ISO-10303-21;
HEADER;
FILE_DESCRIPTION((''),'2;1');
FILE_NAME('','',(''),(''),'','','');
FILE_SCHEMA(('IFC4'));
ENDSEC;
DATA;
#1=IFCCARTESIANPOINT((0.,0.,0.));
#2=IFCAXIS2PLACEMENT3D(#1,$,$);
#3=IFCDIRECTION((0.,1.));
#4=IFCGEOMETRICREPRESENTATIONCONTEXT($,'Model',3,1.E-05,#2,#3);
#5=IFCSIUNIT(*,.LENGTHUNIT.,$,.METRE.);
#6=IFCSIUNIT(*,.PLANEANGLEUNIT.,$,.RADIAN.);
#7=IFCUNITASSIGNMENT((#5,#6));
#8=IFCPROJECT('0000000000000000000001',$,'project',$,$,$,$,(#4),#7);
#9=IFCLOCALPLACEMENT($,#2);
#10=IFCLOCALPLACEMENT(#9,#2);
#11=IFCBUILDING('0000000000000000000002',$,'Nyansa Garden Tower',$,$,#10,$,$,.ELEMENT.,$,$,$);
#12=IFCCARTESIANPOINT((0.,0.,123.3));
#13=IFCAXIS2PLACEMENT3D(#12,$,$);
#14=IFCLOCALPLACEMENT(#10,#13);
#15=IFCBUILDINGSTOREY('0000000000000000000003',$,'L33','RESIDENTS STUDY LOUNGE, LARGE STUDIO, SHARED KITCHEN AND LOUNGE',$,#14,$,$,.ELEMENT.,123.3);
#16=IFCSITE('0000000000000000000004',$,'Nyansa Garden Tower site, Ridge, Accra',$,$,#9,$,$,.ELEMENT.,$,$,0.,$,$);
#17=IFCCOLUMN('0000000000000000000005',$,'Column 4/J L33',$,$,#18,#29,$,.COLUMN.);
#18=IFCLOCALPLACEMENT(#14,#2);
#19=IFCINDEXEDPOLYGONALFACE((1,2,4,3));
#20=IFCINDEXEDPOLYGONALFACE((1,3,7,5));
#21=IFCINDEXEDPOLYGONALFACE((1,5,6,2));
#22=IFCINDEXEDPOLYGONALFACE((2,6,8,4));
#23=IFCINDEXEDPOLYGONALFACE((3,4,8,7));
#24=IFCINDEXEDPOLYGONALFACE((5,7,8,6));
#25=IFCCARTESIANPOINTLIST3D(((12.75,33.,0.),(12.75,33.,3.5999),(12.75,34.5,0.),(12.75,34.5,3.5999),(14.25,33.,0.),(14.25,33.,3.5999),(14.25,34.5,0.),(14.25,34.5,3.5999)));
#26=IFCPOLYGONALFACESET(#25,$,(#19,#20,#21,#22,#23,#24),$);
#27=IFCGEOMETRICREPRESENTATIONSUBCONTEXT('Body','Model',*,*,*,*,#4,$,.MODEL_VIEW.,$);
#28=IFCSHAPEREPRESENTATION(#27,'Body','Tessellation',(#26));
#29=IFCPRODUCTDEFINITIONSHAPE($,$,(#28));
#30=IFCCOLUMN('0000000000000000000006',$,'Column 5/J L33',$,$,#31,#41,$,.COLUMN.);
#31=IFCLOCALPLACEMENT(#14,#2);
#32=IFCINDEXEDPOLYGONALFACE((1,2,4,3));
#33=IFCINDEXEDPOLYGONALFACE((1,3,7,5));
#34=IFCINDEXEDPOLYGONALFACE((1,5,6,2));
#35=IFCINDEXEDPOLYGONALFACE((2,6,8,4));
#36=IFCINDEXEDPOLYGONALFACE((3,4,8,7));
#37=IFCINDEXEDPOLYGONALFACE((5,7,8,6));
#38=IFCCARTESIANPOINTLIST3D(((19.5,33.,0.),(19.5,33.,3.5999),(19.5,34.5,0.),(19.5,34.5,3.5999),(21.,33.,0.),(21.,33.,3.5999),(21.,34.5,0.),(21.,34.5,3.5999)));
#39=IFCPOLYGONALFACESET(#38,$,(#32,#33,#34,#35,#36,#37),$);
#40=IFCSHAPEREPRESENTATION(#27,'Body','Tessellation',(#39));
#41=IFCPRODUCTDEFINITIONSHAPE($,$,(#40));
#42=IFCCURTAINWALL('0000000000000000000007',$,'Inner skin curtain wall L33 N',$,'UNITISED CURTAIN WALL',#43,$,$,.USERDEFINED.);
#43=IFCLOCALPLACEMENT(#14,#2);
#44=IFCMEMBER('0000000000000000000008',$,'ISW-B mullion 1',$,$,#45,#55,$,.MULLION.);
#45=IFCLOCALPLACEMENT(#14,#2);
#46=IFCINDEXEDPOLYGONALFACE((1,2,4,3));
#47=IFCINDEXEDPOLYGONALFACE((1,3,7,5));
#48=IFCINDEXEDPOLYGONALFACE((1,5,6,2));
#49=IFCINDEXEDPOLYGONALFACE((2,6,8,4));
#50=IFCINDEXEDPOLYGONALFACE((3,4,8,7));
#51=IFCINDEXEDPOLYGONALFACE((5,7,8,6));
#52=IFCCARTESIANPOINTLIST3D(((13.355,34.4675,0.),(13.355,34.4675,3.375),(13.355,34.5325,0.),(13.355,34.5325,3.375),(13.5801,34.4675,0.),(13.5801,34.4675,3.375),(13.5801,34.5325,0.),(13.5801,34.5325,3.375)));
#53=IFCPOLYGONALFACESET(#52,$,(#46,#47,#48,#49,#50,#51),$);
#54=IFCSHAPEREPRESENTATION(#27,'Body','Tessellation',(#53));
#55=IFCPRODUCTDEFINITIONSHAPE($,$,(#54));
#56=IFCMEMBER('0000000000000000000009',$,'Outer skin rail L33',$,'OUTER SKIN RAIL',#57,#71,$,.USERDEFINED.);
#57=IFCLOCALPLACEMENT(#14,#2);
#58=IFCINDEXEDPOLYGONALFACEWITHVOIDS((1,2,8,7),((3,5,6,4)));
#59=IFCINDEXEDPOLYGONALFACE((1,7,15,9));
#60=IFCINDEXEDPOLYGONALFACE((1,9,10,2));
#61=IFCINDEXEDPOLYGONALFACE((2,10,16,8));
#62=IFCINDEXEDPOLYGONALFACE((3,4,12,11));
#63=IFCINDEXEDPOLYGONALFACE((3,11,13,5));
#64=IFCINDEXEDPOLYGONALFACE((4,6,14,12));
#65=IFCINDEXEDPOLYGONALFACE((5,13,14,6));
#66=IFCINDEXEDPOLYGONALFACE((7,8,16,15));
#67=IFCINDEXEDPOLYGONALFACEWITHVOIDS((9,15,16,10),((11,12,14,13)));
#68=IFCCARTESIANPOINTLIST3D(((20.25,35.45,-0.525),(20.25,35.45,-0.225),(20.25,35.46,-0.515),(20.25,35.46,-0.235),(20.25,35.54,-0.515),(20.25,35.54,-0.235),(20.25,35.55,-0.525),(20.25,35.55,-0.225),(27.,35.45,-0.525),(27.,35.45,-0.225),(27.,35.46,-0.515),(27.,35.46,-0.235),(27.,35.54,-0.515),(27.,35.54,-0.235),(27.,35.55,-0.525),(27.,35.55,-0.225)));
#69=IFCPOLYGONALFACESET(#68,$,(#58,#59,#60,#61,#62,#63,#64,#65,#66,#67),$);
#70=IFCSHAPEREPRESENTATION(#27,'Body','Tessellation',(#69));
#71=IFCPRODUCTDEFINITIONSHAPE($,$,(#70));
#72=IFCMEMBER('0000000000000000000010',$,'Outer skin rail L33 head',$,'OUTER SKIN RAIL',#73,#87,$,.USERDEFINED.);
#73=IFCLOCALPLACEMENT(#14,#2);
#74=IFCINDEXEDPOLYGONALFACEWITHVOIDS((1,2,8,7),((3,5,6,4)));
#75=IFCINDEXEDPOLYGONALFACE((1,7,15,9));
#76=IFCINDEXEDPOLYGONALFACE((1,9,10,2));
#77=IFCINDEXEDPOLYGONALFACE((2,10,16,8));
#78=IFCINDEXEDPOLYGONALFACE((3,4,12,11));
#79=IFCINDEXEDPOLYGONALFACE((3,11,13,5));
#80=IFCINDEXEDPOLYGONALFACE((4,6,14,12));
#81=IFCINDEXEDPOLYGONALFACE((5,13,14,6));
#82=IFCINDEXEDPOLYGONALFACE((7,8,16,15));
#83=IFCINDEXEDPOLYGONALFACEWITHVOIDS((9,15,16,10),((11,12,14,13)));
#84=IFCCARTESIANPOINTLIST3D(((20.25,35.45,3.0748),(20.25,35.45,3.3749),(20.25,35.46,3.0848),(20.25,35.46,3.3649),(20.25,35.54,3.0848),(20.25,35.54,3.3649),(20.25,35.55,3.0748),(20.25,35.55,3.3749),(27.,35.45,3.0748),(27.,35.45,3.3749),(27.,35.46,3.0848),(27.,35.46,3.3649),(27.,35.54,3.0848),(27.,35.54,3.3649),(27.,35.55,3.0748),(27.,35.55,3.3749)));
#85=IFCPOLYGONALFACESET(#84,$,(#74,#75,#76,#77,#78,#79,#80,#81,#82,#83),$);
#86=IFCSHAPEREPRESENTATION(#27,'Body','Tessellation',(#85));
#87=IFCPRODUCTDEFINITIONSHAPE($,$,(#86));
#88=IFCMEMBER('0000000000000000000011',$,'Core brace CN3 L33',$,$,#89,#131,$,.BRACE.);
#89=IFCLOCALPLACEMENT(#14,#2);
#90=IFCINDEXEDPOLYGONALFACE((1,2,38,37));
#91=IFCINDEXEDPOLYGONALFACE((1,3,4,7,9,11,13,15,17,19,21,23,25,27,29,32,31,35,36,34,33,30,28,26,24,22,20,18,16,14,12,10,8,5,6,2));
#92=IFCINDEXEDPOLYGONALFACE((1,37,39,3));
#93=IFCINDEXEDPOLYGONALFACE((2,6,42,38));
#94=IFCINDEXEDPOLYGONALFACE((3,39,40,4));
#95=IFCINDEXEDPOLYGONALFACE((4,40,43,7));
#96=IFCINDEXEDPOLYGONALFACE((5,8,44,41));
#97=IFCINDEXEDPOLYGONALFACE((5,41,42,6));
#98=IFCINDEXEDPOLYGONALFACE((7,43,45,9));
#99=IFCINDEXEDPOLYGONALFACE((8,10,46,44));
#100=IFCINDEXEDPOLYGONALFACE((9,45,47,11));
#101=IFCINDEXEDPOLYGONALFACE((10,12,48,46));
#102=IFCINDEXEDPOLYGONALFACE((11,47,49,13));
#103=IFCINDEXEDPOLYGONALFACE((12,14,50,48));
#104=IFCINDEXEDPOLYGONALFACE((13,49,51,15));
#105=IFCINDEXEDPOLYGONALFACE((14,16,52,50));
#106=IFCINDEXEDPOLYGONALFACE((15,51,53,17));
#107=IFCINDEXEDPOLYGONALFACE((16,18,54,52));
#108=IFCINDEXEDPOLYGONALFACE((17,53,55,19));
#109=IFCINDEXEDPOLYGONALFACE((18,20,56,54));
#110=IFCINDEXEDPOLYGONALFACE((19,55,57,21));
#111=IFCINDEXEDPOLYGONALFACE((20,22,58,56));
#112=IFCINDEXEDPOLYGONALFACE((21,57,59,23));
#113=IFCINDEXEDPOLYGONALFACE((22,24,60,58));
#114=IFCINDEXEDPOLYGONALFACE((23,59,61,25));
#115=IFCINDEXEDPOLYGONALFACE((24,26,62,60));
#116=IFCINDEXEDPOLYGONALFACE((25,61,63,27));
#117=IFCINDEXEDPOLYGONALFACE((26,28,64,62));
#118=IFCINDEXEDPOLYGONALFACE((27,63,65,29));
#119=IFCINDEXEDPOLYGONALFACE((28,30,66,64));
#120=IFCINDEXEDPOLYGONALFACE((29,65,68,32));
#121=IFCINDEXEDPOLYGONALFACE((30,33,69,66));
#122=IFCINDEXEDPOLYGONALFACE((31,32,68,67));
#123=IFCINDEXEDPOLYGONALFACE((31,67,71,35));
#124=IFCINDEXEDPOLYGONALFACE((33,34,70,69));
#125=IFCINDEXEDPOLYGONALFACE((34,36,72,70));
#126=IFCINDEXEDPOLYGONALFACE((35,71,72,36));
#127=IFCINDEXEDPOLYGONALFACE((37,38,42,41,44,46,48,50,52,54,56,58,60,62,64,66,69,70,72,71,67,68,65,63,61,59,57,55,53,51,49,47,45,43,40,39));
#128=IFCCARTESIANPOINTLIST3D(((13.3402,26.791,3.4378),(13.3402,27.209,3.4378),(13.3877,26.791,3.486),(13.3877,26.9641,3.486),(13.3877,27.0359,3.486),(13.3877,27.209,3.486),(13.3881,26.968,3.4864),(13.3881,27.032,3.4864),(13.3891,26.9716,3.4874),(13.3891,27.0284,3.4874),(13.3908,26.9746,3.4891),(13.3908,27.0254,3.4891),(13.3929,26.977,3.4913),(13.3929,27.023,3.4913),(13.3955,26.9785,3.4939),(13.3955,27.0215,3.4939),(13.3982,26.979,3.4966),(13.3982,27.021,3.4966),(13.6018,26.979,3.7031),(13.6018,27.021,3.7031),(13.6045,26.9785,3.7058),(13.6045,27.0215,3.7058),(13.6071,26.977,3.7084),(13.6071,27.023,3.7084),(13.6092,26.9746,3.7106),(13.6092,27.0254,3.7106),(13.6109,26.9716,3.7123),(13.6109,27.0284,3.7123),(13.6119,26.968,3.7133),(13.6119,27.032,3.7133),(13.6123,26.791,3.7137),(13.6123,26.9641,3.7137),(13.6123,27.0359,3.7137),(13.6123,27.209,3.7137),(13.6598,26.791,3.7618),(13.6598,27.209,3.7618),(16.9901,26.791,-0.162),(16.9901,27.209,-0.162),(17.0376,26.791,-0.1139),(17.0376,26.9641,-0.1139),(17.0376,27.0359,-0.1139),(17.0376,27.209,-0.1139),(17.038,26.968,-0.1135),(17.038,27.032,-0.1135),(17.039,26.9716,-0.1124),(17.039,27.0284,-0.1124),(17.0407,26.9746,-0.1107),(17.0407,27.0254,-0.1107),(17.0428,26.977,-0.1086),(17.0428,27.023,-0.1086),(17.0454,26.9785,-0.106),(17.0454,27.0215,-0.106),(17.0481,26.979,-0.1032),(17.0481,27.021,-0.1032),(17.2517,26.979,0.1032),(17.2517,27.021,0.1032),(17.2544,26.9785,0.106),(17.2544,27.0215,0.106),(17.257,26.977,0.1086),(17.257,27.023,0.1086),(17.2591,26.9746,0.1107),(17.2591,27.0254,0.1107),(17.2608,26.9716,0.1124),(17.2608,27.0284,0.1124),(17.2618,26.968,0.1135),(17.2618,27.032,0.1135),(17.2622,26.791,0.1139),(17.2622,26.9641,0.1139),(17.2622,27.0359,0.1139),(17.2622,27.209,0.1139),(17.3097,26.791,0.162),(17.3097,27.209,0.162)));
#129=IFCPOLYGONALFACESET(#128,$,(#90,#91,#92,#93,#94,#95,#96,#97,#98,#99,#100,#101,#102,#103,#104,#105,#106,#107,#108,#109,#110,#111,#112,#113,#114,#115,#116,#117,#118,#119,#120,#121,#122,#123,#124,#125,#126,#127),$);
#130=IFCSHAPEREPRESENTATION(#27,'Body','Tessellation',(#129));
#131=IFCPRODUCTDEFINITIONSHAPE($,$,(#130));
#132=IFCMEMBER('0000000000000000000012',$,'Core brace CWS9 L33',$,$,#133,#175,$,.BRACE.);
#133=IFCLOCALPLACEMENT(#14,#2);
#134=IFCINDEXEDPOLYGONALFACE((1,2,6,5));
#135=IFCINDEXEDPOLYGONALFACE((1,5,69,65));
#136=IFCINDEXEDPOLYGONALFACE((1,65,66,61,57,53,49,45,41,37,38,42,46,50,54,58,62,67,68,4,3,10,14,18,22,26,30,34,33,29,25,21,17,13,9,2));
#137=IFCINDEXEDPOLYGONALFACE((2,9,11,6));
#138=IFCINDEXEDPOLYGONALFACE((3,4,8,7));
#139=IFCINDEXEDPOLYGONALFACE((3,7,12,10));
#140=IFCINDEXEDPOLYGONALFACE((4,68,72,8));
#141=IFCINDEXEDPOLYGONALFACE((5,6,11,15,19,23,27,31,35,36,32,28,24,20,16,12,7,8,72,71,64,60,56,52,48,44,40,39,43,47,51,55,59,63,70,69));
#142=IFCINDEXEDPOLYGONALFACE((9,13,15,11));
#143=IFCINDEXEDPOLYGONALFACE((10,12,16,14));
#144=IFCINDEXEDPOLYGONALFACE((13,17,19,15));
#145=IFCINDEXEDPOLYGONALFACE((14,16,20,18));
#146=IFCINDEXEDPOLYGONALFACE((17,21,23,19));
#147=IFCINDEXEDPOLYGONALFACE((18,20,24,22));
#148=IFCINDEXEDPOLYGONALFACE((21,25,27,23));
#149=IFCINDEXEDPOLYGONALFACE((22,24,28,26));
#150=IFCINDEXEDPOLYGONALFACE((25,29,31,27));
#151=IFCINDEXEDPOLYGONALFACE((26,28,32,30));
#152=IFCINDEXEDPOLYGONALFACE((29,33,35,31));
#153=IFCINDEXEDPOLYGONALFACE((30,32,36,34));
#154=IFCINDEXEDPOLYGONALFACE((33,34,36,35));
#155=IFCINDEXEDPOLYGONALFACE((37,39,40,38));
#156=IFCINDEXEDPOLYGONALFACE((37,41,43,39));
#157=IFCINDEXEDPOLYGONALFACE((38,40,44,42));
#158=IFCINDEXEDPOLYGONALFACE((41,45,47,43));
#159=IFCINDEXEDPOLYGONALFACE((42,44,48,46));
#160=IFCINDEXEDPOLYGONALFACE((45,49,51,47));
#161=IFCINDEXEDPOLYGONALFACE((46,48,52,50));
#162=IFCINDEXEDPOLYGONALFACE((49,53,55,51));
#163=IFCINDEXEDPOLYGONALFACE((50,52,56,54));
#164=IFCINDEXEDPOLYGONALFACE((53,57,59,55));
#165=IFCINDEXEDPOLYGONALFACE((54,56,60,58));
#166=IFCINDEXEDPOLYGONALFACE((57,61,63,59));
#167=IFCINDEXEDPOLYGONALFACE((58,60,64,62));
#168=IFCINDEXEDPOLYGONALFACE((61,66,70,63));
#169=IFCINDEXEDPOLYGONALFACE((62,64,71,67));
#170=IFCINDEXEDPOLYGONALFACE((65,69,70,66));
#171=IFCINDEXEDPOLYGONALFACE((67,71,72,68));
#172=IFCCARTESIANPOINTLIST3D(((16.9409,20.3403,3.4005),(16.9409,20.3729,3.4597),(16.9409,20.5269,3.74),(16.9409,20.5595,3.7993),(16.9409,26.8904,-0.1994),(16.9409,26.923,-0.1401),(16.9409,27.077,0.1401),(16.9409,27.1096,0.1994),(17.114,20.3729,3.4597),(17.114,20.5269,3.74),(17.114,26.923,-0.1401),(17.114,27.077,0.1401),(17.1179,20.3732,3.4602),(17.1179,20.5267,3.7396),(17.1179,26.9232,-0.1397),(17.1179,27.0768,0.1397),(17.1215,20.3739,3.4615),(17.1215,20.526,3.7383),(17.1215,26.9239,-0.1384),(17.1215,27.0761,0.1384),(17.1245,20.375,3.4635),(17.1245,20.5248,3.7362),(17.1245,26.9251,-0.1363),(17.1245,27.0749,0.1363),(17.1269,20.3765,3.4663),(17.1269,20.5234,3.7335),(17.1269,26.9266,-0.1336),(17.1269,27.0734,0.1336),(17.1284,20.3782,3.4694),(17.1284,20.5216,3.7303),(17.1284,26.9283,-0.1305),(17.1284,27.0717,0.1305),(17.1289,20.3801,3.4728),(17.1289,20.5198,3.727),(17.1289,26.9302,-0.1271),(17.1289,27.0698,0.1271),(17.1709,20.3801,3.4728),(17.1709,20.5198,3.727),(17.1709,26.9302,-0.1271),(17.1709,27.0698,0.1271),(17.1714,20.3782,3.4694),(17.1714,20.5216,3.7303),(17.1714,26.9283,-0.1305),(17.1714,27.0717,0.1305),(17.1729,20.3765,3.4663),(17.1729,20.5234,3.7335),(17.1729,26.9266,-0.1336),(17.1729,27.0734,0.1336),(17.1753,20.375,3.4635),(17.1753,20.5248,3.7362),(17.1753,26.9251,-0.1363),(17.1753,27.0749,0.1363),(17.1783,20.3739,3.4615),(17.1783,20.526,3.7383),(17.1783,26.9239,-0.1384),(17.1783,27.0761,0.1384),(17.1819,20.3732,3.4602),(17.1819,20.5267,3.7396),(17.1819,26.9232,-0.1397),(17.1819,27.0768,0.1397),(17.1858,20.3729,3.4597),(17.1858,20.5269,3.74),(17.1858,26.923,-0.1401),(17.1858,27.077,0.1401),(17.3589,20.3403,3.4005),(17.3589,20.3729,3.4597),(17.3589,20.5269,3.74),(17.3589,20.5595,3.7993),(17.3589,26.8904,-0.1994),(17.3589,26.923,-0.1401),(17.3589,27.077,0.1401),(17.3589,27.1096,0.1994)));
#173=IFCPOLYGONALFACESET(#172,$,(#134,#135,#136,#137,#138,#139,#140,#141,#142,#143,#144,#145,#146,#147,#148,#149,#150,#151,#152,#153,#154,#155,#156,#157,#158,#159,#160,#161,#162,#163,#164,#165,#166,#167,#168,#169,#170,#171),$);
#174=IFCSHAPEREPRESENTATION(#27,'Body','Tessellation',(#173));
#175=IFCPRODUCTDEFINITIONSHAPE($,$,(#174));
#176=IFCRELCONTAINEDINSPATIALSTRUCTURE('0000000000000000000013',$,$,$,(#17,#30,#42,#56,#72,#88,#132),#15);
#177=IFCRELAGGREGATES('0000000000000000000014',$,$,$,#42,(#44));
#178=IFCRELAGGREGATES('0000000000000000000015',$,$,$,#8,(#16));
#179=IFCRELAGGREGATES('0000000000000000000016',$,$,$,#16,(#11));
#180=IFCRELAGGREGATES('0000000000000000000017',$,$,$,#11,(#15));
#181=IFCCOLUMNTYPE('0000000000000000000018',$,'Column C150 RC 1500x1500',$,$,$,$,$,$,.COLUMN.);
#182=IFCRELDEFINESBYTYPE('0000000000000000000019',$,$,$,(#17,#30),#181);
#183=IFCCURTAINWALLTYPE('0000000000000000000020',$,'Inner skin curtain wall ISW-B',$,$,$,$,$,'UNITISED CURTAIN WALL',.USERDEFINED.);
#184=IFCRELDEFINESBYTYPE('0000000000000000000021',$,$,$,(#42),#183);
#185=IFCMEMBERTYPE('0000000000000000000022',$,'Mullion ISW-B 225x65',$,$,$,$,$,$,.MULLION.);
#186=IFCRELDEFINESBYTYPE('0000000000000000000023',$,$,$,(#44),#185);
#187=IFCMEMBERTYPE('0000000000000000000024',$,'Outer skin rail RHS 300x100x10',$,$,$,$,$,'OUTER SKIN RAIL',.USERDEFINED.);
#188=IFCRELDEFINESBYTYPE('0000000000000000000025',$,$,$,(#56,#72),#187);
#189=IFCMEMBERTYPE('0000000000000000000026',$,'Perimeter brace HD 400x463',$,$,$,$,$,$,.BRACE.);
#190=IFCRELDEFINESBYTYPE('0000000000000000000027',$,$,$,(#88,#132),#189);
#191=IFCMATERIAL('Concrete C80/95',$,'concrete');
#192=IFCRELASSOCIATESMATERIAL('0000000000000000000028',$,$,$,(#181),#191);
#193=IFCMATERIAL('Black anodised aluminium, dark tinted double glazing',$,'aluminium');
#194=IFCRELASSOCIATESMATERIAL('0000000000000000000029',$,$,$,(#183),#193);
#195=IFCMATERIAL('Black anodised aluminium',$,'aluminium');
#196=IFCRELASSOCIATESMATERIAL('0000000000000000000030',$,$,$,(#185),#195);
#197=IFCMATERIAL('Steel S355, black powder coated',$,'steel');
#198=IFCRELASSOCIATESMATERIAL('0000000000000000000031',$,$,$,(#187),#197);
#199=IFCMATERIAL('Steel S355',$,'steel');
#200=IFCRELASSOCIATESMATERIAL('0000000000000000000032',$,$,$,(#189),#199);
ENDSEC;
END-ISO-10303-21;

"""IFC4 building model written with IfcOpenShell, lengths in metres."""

from ifc_helpers import new_model, si_unit, direction, frame, origin, origin_2d, place, context, subcontext, project, spatial, rectangle, hollow_rectangle, i_section, extrude, material, material_profile, profile_set, type_object, element, aggregate, save


model = new_model("IFC4")

# Units and contexts
model_context = context("Model", 3, precision=1e-05, world=origin(), true_north=direction((0.0, 1.0)))
body_context = subcontext(model_context, "Body", "Model", "MODEL_VIEW")
ifc_project = project(units=[si_unit("LENGTHUNIT", "METRE"), si_unit("PLANEANGLEUNIT", "RADIAN")], contexts=[model_context])

# Site, building, storey
site_placement = place(None, origin())
site = spatial("IfcSite", under=ifc_project, at=site_placement, Name="Nyansa Garden Tower site, Ridge, Accra", CompositionType="ELEMENT", RefElevation=0.0)
building_placement = place(site_placement, origin())
building = spatial("IfcBuilding", under=site, at=building_placement, Name="Nyansa Garden Tower", CompositionType="ELEMENT")
storey_placement = place(building_placement, frame((0.0, 0.0, 123.3)))
storey = spatial("IfcBuildingStorey", under=building, at=storey_placement, Name="L33", Description="RESIDENTS STUDY LOUNGE, LARGE STUDIO, SHARED KITCHEN AND LOUNGE", CompositionType="ELEMENT", Elevation=123.3)

# Columns
ifc_material_1 = material(Name="Concrete C80/95", Category="concrete")
ifc_material_profile_1 = material_profile(ifc_material_1, rectangle(XDim=1.5, YDim=1.5, at=origin_2d()), Name="RC 1500x1500")
ifc_profile_set_1 = profile_set([ifc_material_profile_1], Name="Concrete C80/95")
column_type = type_object("IfcColumnType", Name="Column C150 RC 1500x1500", PredefinedType="COLUMN", material=ifc_profile_set_1)
for number, where, z_axis, x_axis, name in (
    (1, (13.5, 33.75, 0.0), (0.0, 0.0, 1.0), (1.0, 0.0, 0.0), "Column 4/J L33"),
    (2, (20.25, 33.75, 0.0), (0.0, 0.0, 1.0), (1.0, 0.0, 0.0), "Column 5/J L33"),
):
    element("IfcColumn", number, at=place(storey_placement, frame(where, z_axis=z_axis, x_axis=x_axis)), inside=storey, type_object=column_type, Name=name, PredefinedType="COLUMN", context=body_context, shape_type="SweptSolid", body=[
        extrude(rectangle(XDim=1.5, YDim=1.5, at=origin_2d()), origin(), (0.0, 0.0, 1.0), 3.5999),
    ])

# Curtain wall, member
ifc_material_2 = material(Name="Black anodised aluminium, dark tinted double glazing", Category="aluminium")
curtain_wall_type = type_object("IfcCurtainWallType", Name="Inner skin curtain wall ISW-B", ElementType="UNITISED CURTAIN WALL", PredefinedType="USERDEFINED", material=ifc_material_2)
curtain_wall_placement = place(storey_placement, origin())
curtain_wall = element("IfcCurtainWall", 3, at=curtain_wall_placement, inside=storey, type_object=curtain_wall_type, Name="Inner skin curtain wall L33 N", ObjectType="UNITISED CURTAIN WALL", PredefinedType="USERDEFINED")
ifc_material_3 = material(Name="Black anodised aluminium", Category="aluminium")
ifc_material_profile_2 = material_profile(ifc_material_3, rectangle(XDim=0.0649, YDim=0.2251, at=origin_2d()), Name="Mullion 225x65")
ifc_profile_set_2 = profile_set([ifc_material_profile_2], Name="Black anodised aluminium")
member_type_1 = type_object("IfcMemberType", Name="Mullion ISW-B 225x65", PredefinedType="MULLION", material=ifc_profile_set_2)
member_1_placement = place(storey_placement, frame((13.4675, 34.5, 0.0), z_axis=(0.0, 0.0, 1.0), x_axis=(0.0, -1.0, 0.0)))
member_1 = element("IfcMember", 4, at=member_1_placement, type_object=member_type_1, Name="ISW-B mullion 1", PredefinedType="MULLION", context=body_context, shape_type="SweptSolid", body=[
    extrude(rectangle(XDim=0.0649, YDim=0.2251, at=origin_2d()), origin(), (0.0, 0.0, 1.0), 3.375),
])

# Members
ifc_material_4 = material(Name="Steel S355, black powder coated", Category="steel")
ifc_material_profile_3 = material_profile(ifc_material_4, hollow_rectangle(XDim=0.1001, YDim=0.3, WallThickness=0.01, at=origin_2d()), Name="RHS 300x100x10")
ifc_profile_set_3 = profile_set([ifc_material_profile_3], Name="Steel S355, black powder coated")
member_type_2 = type_object("IfcMemberType", Name="Outer skin rail RHS 300x100x10", ElementType="OUTER SKIN RAIL", PredefinedType="USERDEFINED", material=ifc_profile_set_3)
for number, where, z_axis, x_axis, name in (
    (5, (20.25, 35.5, -0.375), (1.0, 0.0, 0.0), (0.0, 1.0, 0.0), "Outer skin rail L33"),
    (6, (20.25, 35.5, 3.2249), (1.0, 0.0, 0.0), (0.0, 1.0, 0.0), "Outer skin rail L33 head"),
):
    element("IfcMember", number, at=place(storey_placement, frame(where, z_axis=z_axis, x_axis=x_axis)), inside=storey, type_object=member_type_2, Name=name, ObjectType="OUTER SKIN RAIL", PredefinedType="USERDEFINED", context=body_context, shape_type="SweptSolid", body=[
        extrude(hollow_rectangle(XDim=0.1001, YDim=0.3, WallThickness=0.01, at=origin_2d()), origin(), (0.0, 0.0, 1.0), 6.75),
    ])
ifc_material_5 = material(Name="Steel S355", Category="steel")
ifc_material_profile_4 = material_profile(ifc_material_5, i_section(OverallWidth=0.418, OverallDepth=0.4551, WebThickness=0.042, FlangeThickness=0.0676, FilletRadius=0.0149, at=origin_2d()), Name="HD 400x463")
ifc_profile_set_4 = profile_set([ifc_material_profile_4], Name="Steel S355")
member_type_3 = type_object("IfcMemberType", Name="Perimeter brace HD 400x463", PredefinedType="BRACE", material=ifc_profile_set_4)
member_2_placement = place(storey_placement, frame((17.1499, 27.0, 0.0), z_axis=(-0.711971, 0.0, 0.702209), x_axis=(0.0, -1.0, 0.0)))
element("IfcMember", 7, at=member_2_placement, inside=storey, type_object=member_type_3, Name="Core brace CN3 L33", PredefinedType="BRACE", context=body_context, shape_type="SweptSolid", body=[
    extrude(i_section(OverallWidth=0.418, OverallDepth=0.4551, WebThickness=0.042, FlangeThickness=0.0676, FilletRadius=0.0149, at=origin_2d()), origin(), (0.0, 0.0, 1.0), 5.1265),
])
member_3_placement = place(storey_placement, frame((17.1499, 27.0, 0.0), z_axis=(0.0, -0.876367, 0.481644), x_axis=(1.0, 0.0, 0.0)))
element("IfcMember", 8, at=member_3_placement, inside=storey, type_object=member_type_3, Name="Core brace CWS9 L33", PredefinedType="BRACE", context=body_context, shape_type="SweptSolid", body=[
    extrude(i_section(OverallWidth=0.418, OverallDepth=0.4551, WebThickness=0.042, FlangeThickness=0.0676, FilletRadius=0.0149, at=origin_2d()), origin(), (0.0, 0.0, 1.0), 7.4741),
])

aggregate(curtain_wall, [member_1])

save(model, "model.ifc")
